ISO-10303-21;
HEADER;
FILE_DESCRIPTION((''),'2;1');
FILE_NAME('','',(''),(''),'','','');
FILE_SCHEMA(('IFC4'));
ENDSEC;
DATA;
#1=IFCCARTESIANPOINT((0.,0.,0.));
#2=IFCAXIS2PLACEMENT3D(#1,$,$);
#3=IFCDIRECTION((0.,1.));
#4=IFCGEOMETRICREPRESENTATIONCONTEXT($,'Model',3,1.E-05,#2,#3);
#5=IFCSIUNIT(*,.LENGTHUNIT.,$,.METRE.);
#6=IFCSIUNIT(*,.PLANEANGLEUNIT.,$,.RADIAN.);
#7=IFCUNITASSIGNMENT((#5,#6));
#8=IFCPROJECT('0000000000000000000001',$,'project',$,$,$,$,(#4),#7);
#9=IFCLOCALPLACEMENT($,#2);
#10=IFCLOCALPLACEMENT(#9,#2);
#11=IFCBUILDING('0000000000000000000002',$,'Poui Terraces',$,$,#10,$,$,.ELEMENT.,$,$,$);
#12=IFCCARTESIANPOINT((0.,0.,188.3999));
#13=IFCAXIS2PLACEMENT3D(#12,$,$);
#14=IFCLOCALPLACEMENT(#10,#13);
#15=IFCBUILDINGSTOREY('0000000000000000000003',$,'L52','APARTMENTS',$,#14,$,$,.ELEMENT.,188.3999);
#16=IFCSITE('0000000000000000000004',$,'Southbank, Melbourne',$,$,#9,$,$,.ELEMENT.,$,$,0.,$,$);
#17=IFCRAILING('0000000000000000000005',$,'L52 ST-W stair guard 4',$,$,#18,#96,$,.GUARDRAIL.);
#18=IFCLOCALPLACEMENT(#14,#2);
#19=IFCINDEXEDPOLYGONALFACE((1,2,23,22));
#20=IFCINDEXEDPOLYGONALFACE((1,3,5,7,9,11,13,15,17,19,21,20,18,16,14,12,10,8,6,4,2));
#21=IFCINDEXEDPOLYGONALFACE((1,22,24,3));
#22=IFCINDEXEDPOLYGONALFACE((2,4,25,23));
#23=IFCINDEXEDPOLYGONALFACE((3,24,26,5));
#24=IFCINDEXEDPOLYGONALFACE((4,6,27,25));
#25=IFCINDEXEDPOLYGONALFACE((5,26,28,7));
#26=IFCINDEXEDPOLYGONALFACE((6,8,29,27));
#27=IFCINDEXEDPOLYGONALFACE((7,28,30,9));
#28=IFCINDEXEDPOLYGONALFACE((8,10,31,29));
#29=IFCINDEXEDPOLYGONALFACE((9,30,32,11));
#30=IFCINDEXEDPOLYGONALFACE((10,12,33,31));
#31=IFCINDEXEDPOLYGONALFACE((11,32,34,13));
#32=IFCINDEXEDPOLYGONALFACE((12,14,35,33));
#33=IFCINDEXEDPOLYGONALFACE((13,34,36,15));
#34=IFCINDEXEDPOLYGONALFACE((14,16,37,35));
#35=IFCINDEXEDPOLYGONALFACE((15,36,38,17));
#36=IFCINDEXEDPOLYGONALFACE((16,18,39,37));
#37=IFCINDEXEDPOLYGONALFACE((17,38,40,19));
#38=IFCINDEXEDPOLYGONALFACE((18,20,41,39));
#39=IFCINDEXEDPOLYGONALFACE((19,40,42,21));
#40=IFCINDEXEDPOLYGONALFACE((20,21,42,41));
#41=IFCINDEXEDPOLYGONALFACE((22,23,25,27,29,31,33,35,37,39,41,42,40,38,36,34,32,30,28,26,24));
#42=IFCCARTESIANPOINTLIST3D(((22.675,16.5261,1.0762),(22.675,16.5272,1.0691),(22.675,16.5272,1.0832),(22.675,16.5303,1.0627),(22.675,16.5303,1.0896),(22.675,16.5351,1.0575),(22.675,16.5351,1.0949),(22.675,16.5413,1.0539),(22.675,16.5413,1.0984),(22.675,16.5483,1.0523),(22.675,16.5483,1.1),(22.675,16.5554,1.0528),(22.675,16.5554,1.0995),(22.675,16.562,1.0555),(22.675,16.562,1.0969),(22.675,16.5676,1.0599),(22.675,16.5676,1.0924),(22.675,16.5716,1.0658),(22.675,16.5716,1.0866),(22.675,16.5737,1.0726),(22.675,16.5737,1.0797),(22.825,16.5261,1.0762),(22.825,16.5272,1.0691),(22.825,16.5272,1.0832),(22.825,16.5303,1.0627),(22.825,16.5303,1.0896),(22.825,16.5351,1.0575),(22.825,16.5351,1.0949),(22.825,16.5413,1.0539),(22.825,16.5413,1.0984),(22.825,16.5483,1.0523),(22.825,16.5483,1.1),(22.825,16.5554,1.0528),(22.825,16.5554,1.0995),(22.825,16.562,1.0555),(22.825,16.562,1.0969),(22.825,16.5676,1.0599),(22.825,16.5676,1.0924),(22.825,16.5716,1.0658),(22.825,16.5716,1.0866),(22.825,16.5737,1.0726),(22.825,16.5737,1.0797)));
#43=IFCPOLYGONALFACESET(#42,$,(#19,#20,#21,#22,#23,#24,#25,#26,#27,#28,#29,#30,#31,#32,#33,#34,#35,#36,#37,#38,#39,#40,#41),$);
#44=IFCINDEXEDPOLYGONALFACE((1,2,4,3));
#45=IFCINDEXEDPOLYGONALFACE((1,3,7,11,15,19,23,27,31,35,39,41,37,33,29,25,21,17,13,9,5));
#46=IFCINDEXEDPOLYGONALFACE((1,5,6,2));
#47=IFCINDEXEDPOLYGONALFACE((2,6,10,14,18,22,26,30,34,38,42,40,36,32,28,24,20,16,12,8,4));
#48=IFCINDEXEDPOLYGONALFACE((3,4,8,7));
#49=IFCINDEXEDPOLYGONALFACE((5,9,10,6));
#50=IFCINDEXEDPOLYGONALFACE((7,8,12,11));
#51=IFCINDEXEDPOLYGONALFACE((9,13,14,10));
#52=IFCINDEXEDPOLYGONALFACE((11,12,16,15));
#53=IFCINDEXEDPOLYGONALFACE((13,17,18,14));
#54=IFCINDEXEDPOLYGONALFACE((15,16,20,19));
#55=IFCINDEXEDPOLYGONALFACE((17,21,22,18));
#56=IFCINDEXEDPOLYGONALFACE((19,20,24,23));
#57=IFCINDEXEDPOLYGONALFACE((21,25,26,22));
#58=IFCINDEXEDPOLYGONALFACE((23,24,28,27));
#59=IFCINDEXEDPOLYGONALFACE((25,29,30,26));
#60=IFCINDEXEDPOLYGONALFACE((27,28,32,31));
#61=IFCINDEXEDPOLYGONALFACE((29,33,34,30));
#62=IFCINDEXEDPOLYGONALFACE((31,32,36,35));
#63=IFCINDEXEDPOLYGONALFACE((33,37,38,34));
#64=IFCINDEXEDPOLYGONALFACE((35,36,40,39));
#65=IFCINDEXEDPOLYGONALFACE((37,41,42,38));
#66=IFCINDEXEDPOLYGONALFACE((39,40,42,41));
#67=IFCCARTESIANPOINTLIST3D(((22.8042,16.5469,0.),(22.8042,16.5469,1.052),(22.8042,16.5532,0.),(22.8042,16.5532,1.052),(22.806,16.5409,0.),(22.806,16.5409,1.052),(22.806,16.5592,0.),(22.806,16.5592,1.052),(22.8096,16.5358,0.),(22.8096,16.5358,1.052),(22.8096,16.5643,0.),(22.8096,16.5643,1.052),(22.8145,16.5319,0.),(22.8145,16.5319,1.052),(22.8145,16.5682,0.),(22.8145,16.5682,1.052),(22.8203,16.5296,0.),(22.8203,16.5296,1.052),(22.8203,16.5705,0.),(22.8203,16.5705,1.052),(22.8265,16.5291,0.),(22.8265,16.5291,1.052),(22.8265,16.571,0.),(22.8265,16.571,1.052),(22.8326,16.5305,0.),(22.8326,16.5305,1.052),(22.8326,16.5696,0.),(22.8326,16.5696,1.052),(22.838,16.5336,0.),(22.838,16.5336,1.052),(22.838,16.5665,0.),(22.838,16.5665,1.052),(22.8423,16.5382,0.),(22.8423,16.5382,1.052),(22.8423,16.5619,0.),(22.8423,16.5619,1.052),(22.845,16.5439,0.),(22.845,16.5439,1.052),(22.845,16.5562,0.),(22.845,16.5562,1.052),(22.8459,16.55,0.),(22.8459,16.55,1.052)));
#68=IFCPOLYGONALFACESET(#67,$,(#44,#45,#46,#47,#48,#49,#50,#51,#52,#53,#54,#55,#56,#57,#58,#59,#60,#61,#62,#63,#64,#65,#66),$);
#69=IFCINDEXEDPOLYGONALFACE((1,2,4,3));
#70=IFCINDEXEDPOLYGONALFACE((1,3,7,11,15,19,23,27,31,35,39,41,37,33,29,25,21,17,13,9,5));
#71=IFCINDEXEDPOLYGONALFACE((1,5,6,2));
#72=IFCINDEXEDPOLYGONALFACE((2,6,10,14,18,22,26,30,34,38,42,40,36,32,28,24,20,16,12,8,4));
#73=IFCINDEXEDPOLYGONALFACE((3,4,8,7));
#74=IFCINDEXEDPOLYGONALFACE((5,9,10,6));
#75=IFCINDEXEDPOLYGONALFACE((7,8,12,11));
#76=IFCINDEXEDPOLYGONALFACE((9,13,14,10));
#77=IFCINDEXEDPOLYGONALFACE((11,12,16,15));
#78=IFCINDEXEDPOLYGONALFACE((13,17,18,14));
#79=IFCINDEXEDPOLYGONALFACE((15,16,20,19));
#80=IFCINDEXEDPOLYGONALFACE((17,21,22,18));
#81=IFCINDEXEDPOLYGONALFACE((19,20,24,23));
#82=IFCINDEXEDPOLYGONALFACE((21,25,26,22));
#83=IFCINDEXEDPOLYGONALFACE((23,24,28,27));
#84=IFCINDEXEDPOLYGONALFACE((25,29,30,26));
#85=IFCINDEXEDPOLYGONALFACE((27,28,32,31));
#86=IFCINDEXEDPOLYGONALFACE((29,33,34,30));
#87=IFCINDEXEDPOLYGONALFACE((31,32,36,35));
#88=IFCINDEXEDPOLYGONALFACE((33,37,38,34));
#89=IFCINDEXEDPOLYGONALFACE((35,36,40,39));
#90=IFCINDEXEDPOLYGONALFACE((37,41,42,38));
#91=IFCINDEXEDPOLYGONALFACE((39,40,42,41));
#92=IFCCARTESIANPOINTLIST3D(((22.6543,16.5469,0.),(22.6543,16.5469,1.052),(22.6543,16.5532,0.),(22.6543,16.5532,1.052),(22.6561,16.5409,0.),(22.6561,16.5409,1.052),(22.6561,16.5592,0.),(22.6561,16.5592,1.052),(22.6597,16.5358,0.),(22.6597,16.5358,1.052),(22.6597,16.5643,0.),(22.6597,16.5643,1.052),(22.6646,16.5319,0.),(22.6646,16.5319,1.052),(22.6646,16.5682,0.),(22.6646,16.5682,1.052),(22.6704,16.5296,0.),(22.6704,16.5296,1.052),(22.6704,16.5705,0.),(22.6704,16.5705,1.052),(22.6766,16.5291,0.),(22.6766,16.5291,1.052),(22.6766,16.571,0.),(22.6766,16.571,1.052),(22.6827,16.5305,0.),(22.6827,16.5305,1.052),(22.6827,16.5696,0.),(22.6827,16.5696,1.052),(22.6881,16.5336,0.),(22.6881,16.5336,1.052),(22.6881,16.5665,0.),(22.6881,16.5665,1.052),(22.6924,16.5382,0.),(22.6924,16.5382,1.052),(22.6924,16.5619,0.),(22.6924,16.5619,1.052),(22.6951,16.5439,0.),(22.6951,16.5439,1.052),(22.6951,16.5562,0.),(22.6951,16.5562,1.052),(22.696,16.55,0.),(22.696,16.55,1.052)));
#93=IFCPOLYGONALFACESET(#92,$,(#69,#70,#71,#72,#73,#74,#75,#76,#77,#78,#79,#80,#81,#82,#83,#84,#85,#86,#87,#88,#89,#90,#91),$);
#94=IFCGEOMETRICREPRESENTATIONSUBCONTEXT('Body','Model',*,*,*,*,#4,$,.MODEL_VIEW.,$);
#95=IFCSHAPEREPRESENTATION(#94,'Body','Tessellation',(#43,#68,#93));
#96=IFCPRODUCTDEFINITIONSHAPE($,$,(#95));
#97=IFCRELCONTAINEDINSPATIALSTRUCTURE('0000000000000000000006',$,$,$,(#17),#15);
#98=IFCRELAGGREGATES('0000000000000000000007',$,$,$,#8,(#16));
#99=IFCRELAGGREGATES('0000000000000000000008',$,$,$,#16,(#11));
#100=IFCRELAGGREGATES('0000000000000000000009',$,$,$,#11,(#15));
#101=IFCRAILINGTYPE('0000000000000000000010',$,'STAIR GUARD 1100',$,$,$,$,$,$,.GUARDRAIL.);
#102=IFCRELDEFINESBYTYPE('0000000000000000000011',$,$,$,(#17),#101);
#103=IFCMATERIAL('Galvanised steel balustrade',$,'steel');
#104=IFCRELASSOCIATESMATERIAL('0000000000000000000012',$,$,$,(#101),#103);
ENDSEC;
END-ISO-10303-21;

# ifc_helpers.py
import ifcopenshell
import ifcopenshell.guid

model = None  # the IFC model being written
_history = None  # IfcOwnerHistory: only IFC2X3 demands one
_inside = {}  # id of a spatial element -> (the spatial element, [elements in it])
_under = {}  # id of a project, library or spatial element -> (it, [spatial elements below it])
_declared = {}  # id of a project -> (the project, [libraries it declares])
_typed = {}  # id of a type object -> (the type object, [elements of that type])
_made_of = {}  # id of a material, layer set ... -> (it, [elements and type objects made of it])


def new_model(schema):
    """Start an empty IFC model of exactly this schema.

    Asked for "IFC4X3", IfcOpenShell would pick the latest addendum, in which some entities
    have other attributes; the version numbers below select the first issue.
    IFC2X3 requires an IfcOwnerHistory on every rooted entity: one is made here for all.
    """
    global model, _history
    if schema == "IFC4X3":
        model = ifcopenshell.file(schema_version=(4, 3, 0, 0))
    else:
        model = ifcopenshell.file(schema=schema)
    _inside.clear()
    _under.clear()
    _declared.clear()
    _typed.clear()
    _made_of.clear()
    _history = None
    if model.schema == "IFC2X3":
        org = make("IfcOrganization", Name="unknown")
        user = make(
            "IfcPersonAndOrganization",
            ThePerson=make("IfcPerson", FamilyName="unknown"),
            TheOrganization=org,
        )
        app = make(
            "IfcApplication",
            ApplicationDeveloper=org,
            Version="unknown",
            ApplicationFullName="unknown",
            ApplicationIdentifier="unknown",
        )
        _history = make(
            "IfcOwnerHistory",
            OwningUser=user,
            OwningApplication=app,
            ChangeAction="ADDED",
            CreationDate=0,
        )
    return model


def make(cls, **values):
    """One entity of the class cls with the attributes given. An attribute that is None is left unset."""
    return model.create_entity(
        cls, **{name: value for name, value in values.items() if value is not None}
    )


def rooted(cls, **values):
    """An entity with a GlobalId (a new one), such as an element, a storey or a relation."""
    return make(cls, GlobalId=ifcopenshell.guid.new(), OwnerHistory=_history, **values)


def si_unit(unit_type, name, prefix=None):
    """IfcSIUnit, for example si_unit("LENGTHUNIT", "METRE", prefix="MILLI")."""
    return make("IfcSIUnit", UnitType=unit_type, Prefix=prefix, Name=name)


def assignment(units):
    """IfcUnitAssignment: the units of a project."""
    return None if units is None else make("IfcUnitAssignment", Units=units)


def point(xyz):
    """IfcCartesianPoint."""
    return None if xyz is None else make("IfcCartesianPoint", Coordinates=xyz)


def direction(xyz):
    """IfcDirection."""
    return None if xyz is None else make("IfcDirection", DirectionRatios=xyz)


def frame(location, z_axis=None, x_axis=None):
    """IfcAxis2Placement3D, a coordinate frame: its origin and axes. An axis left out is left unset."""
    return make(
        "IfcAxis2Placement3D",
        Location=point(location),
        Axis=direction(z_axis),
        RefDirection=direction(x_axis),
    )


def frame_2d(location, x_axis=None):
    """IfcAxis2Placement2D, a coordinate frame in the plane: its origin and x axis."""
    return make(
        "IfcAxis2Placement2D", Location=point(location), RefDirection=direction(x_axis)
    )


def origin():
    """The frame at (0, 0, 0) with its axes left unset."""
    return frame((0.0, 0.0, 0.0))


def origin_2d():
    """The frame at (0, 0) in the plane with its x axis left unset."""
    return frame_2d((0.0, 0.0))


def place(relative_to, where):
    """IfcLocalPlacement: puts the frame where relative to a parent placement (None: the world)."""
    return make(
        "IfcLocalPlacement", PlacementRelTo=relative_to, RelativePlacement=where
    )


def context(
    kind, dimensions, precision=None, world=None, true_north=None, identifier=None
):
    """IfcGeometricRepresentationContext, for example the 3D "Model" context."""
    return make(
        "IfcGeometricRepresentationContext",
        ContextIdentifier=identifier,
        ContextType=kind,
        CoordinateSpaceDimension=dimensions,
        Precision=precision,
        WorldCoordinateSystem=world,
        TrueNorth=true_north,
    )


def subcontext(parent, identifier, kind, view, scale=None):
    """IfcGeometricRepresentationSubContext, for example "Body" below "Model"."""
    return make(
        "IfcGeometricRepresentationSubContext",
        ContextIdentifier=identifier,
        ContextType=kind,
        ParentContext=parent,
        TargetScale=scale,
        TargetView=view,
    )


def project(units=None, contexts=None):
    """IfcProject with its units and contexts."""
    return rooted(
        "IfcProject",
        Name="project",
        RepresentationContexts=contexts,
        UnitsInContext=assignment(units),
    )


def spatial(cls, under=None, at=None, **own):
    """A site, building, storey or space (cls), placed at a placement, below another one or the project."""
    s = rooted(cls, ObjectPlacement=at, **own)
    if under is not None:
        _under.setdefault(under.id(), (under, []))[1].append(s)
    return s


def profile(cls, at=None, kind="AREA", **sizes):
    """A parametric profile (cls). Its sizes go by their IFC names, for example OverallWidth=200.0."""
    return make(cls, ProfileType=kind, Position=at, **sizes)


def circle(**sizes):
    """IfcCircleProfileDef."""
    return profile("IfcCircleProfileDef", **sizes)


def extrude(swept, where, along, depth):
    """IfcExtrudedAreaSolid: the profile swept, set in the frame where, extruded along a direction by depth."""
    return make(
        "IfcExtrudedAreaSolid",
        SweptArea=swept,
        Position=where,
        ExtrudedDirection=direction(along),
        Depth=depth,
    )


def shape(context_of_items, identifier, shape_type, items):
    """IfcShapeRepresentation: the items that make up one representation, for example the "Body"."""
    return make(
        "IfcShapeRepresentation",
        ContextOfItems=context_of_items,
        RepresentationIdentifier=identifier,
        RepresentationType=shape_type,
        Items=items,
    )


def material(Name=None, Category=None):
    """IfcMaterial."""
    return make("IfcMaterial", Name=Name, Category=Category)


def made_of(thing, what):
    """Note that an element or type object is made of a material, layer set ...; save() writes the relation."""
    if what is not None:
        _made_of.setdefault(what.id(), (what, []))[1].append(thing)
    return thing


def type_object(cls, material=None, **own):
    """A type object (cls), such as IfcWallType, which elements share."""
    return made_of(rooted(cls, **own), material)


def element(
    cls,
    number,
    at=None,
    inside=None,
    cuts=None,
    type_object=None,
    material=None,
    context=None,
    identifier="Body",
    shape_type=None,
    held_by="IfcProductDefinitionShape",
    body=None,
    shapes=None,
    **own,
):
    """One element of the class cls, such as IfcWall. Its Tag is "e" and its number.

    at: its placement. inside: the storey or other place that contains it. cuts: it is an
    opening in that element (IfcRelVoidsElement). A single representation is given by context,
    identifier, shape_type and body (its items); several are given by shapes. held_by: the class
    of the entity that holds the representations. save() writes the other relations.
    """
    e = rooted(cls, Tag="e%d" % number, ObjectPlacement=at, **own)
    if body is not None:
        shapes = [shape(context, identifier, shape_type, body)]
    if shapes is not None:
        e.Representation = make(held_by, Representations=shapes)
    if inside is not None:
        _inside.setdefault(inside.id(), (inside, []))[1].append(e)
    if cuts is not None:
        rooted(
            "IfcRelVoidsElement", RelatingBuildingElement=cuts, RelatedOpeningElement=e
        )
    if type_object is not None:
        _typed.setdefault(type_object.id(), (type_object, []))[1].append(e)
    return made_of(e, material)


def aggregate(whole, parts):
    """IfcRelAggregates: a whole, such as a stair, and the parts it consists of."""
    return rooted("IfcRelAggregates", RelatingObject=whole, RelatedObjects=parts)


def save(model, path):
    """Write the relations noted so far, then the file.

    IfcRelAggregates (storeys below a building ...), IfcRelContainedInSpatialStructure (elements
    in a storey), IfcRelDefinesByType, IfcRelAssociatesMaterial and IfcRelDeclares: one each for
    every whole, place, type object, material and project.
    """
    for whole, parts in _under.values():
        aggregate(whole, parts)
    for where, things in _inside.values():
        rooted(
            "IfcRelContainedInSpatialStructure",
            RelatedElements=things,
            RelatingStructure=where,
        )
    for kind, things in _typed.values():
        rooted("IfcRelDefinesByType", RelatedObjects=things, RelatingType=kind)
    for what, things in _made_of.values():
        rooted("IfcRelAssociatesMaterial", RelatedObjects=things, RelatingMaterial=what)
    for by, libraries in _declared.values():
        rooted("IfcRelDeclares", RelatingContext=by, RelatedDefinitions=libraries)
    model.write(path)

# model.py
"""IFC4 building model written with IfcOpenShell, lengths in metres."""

from ifc_helpers import new_model, si_unit, direction, frame, origin, origin_2d, place, context, subcontext, project, spatial, circle, extrude, material, type_object, element, save


model = new_model("IFC4")

# Units and contexts
model_context = context("Model", 3, precision=1e-05, world=origin(), true_north=direction((0.0, 1.0)))
body_context = subcontext(model_context, "Body", "Model", "MODEL_VIEW")
ifc_project = project(units=[si_unit("LENGTHUNIT", "METRE"), si_unit("PLANEANGLEUNIT", "RADIAN")], contexts=[model_context])

# Site, building, storey
site_placement = place(None, origin())
site = spatial("IfcSite", under=ifc_project, at=site_placement, Name="Southbank, Melbourne", CompositionType="ELEMENT", RefElevation=0.0)
building_placement = place(site_placement, origin())
building = spatial("IfcBuilding", under=site, at=building_placement, Name="Poui Terraces", CompositionType="ELEMENT")
storey_placement = place(building_placement, frame((0.0, 0.0, 188.3999)))
storey = spatial("IfcBuildingStorey", under=building, at=storey_placement, Name="L52", Description="APARTMENTS", CompositionType="ELEMENT", Elevation=188.3999)

# Railing
ifc_material_1 = material(Name="Galvanised steel balustrade", Category="steel")
railing_type_1 = type_object("IfcRailingType", Name="STAIR GUARD 1100", PredefinedType="GUARDRAIL", material=ifc_material_1)
railing_1_placement = place(storey_placement, frame((22.825, 16.55, 0.0)))
element("IfcRailing", 1, at=railing_1_placement, inside=storey, type_object=railing_type_1, Name="L52 ST-W stair guard 4", PredefinedType="GUARDRAIL", context=body_context, shape_type="SweptSolid", body=[
    extrude(circle(Radius=0.0239, at=origin_2d()), frame((0.0, 0.0, 1.0762), z_axis=(-1.0, 0.0, 0.0), x_axis=(0.0, -1.0, 0.0)), (0.0, 0.0, 1.0), 0.1499),
    extrude(circle(Radius=0.021, at=origin_2d()), origin(), (0.0, 0.0, 1.0), 1.052),
    extrude(circle(Radius=0.021, at=origin_2d()), frame((-0.1499, 0.0, 0.0)), (0.0, 0.0, 1.0), 1.052),
])

save(model, "model.ifc")
